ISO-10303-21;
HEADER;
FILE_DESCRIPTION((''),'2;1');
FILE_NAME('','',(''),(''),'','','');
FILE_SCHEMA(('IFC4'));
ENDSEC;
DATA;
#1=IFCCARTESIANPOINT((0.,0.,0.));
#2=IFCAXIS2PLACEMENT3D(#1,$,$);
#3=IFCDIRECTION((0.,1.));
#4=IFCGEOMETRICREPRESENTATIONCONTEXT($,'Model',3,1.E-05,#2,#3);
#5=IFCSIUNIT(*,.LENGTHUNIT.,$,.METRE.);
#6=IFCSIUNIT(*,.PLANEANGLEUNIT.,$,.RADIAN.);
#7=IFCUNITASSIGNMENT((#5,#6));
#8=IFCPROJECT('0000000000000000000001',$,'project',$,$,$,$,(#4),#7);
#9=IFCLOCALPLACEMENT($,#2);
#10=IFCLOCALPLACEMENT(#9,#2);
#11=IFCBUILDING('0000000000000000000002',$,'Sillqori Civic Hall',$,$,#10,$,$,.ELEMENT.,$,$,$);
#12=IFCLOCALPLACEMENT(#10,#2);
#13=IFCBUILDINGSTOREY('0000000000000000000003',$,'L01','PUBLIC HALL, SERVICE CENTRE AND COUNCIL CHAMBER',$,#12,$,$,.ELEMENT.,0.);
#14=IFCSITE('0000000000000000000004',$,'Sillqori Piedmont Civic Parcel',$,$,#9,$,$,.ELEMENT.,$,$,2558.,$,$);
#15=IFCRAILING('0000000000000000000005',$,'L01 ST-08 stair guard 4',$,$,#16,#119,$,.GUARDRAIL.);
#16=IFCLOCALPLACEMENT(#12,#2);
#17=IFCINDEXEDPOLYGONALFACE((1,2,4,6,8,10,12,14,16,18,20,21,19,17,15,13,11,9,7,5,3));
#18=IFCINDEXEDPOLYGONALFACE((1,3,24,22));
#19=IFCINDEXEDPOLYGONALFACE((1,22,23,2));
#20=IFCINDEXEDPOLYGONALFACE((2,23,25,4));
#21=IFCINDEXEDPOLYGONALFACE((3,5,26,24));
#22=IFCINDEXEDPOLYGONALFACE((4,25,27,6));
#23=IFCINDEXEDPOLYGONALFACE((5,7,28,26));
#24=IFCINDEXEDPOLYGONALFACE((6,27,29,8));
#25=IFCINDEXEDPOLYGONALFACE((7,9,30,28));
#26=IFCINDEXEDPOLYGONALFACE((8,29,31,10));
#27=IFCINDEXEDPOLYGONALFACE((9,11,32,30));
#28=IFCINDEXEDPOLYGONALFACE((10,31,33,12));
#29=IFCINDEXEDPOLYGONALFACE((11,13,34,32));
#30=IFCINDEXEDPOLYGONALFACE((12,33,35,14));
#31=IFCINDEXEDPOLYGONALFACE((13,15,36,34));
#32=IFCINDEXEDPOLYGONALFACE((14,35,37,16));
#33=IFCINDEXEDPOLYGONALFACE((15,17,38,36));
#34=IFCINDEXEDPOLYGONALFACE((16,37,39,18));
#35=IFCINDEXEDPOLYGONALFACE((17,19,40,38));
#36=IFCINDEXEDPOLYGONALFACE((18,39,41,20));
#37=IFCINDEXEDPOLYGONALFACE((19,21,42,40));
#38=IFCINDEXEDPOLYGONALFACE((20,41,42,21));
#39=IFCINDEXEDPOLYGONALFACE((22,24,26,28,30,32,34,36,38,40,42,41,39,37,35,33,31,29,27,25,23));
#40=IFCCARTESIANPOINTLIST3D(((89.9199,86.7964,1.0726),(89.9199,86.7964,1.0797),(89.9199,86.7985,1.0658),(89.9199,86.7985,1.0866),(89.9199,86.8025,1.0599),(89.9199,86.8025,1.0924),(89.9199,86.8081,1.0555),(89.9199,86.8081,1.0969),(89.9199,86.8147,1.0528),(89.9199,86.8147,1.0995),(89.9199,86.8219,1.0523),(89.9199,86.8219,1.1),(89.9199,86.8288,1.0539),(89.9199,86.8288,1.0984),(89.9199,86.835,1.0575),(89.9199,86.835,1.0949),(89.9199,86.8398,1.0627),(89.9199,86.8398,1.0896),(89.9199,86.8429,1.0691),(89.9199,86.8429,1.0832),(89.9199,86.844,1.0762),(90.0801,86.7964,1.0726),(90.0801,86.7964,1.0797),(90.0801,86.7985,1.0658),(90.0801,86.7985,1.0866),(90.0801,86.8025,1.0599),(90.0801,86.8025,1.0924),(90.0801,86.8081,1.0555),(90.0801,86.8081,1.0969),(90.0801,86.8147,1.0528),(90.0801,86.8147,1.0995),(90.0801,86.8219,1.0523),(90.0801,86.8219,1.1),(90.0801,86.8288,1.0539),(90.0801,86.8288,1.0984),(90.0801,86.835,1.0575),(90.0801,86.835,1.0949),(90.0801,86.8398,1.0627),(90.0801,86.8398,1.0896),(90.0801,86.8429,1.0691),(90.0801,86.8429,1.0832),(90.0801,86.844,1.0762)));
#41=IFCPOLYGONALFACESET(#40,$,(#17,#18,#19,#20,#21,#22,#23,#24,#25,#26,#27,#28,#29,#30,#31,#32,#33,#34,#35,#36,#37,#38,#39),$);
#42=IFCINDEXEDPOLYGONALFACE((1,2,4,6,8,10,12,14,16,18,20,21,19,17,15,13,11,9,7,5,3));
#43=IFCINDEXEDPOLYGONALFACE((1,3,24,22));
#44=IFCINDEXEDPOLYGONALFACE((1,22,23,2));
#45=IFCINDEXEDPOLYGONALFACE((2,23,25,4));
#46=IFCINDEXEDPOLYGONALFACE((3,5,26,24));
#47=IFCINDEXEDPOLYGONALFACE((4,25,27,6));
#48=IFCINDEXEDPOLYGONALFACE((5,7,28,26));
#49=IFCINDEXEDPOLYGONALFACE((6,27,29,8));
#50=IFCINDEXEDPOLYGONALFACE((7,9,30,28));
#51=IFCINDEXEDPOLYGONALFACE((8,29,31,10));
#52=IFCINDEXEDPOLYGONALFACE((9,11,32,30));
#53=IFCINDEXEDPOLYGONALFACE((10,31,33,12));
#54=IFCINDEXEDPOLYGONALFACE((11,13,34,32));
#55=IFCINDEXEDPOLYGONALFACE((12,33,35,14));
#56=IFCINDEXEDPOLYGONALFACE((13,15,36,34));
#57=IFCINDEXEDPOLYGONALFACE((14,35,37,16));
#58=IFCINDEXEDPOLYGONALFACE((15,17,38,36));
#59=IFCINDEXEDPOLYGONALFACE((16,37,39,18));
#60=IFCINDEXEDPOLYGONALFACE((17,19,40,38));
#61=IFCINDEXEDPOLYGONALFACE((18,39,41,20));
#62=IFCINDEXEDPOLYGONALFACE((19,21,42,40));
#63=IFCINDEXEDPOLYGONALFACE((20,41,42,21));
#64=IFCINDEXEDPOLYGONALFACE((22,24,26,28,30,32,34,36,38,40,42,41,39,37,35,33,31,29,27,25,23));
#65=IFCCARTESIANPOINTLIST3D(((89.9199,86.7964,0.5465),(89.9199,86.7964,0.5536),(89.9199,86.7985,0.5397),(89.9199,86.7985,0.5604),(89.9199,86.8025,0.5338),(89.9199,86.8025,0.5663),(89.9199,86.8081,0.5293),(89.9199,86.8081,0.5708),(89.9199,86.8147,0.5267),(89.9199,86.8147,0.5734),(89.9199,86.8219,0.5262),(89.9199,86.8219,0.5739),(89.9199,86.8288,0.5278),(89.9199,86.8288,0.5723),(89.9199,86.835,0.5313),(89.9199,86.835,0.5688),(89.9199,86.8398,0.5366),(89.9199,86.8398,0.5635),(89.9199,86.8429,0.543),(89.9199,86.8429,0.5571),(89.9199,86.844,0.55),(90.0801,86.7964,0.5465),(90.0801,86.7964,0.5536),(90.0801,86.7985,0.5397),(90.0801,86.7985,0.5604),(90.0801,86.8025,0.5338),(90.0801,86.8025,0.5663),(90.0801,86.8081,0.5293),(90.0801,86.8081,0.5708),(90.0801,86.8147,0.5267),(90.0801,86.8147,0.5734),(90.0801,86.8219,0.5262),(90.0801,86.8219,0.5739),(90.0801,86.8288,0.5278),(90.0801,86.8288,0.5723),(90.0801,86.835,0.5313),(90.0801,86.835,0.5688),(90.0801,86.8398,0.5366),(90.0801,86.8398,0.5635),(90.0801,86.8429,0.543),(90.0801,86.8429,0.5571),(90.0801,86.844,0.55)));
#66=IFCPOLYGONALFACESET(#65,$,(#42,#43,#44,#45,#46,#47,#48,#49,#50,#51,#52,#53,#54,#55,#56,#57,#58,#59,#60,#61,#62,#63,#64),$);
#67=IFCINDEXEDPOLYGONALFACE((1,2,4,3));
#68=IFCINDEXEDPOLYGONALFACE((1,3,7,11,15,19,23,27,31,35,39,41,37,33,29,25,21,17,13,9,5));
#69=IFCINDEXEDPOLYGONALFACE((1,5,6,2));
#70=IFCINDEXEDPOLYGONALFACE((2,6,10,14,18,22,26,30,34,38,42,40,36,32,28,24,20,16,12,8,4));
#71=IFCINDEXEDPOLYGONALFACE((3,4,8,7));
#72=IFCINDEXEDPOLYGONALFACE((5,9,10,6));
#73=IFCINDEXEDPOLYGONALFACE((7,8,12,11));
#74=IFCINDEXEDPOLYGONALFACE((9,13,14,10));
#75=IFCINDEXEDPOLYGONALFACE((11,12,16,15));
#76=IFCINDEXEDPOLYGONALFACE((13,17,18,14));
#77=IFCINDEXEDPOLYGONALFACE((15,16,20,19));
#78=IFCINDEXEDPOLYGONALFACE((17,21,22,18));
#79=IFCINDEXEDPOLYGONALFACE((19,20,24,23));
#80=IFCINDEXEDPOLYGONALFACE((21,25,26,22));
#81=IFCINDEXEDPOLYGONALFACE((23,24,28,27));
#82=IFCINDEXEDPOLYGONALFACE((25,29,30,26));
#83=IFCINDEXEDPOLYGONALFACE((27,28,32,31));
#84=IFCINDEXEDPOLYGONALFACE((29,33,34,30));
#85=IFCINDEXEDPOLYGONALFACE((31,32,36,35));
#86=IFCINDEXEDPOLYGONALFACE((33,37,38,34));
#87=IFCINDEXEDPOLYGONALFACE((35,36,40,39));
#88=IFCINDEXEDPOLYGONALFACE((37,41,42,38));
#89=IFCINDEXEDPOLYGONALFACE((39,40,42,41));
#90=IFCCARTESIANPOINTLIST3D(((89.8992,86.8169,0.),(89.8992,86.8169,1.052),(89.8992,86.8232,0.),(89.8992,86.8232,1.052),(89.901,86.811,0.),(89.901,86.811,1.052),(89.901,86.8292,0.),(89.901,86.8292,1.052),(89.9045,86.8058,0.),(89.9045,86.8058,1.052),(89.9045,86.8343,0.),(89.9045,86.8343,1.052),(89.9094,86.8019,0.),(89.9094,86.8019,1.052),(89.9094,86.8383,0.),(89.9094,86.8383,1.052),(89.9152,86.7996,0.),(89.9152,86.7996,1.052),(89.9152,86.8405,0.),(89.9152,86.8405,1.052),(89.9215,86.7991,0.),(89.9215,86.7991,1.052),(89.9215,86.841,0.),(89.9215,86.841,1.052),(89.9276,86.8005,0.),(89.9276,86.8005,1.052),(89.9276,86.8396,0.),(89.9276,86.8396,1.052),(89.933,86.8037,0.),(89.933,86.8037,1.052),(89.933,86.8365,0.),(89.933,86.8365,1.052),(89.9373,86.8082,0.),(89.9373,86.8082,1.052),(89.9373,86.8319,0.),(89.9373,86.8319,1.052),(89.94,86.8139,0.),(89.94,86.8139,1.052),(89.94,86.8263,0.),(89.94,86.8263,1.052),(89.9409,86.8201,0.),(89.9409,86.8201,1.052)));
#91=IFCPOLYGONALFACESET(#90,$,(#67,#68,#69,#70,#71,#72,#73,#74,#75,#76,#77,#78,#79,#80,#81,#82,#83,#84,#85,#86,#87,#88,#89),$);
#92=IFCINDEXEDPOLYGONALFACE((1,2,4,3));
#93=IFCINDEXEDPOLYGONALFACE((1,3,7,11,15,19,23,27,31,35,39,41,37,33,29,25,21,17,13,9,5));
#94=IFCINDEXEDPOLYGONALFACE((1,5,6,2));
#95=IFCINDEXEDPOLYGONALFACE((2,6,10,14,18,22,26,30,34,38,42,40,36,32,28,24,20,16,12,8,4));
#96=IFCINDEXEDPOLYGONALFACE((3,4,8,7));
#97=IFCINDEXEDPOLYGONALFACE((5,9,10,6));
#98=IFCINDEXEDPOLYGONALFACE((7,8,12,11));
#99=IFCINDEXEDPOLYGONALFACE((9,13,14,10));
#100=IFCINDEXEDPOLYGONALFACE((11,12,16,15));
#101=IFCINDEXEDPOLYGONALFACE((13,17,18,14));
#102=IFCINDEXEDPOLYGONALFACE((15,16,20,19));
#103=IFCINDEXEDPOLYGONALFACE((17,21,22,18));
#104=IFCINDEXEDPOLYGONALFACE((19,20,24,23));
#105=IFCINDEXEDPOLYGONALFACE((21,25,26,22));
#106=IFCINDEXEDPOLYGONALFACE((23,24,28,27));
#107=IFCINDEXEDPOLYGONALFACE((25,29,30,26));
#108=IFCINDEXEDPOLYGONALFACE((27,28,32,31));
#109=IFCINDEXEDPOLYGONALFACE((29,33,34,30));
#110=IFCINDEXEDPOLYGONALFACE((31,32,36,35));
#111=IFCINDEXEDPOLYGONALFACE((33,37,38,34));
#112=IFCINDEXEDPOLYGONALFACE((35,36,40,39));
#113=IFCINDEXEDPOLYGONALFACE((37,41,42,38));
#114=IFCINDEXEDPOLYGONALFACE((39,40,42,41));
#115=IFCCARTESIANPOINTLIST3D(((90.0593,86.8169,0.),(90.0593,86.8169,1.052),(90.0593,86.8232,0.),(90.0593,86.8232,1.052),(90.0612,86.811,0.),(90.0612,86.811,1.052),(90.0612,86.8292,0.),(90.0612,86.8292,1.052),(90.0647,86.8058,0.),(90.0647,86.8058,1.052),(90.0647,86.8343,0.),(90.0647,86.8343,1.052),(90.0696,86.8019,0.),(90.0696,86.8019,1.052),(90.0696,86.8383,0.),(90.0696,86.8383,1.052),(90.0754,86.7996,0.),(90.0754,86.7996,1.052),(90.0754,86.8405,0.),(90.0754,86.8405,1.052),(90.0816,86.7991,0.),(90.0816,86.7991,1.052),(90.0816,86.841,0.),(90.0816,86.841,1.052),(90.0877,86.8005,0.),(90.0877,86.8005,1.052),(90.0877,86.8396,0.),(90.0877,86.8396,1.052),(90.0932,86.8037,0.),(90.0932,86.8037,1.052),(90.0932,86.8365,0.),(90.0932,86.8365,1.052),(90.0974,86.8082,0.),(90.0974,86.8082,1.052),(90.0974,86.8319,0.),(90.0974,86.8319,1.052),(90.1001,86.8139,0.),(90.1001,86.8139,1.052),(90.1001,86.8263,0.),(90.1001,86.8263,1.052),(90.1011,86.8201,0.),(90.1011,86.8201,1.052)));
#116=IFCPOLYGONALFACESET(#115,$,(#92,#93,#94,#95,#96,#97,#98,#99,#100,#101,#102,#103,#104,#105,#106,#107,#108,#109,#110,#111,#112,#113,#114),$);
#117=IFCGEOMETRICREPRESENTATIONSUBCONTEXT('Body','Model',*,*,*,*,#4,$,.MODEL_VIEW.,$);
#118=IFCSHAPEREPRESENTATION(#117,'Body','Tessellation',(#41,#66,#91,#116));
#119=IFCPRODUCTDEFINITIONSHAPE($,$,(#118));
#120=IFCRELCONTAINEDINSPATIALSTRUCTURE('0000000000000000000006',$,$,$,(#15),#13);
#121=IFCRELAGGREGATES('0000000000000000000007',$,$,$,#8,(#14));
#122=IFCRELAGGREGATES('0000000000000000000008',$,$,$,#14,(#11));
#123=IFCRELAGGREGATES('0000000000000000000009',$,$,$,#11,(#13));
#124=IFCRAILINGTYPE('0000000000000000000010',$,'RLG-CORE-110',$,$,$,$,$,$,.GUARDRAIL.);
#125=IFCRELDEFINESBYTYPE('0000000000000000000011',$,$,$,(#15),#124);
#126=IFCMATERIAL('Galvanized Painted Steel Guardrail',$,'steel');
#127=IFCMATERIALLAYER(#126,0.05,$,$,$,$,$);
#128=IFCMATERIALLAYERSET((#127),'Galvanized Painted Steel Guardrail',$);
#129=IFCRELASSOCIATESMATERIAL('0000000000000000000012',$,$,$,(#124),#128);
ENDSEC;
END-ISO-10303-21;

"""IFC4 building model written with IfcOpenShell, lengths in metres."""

from ifc_helpers import new_model, si_unit, direction, frame, origin, origin_2d, place, context, subcontext, project, spatial, circle, extrude, material, layer, layer_set, type_object, element, save


model = new_model("IFC4")

# Units and contexts
model_context = context("Model", 3, precision=1e-05, world=origin(), true_north=direction((0.0, 1.0)))
body_context = subcontext(model_context, "Body", "Model", "MODEL_VIEW")
ifc_project = project(units=[si_unit("LENGTHUNIT", "METRE"), si_unit("PLANEANGLEUNIT", "RADIAN")], contexts=[model_context])

# Site, building, storey
site_placement = place(None, origin())
site = spatial("IfcSite", under=ifc_project, at=site_placement, Name="Sillqori Piedmont Civic Parcel", CompositionType="ELEMENT", RefElevation=2558.0)
building_placement = place(site_placement, origin())
building = spatial("IfcBuilding", under=site, at=building_placement, Name="Sillqori Civic Hall", CompositionType="ELEMENT")
storey_placement = place(building_placement, origin())
storey = spatial("IfcBuildingStorey", under=building, at=storey_placement, Name="L01", Description="PUBLIC HALL, SERVICE CENTRE AND COUNCIL CHAMBER", CompositionType="ELEMENT", Elevation=0.0)

# Railing
ifc_material_1 = material(Name="Galvanized Painted Steel Guardrail", Category="steel")
ifc_layer_1 = layer(ifc_material_1, 0.05)
ifc_layer_set_1 = layer_set([ifc_layer_1], Name="Galvanized Painted Steel Guardrail")
railing_type_1 = type_object("IfcRailingType", Name="RLG-CORE-110", PredefinedType="GUARDRAIL", material=ifc_layer_set_1)
railing_1_placement = place(storey_placement, frame((89.9199, 86.8201, 0.0)))
element("IfcRailing", 1, at=railing_1_placement, inside=storey, type_object=railing_type_1, Name="L01 ST-08 stair guard 4", PredefinedType="GUARDRAIL", context=body_context, shape_type="SweptSolid", body=[
    extrude(circle(Radius=0.0239, at=origin_2d()), frame((0.0, 0.0, 1.0762), z_axis=(1.0, 0.0, 0.0), x_axis=(0.0, 1.0, 0.0)), (0.0, 0.0, 1.0), 0.1602),
    extrude(circle(Radius=0.0239, at=origin_2d()), frame((0.0, 0.0, 0.55), z_axis=(1.0, 0.0, 0.0), x_axis=(0.0, 1.0, 0.0)), (0.0, 0.0, 1.0), 0.1602),
    extrude(circle(Radius=0.021, at=origin_2d()), origin(), (0.0, 0.0, 1.0), 1.052),
    extrude(circle(Radius=0.021, at=origin_2d()), frame((0.1602, 0.0, 0.0)), (0.0, 0.0, 1.0), 1.052),
])

save(model, "model.ifc")
